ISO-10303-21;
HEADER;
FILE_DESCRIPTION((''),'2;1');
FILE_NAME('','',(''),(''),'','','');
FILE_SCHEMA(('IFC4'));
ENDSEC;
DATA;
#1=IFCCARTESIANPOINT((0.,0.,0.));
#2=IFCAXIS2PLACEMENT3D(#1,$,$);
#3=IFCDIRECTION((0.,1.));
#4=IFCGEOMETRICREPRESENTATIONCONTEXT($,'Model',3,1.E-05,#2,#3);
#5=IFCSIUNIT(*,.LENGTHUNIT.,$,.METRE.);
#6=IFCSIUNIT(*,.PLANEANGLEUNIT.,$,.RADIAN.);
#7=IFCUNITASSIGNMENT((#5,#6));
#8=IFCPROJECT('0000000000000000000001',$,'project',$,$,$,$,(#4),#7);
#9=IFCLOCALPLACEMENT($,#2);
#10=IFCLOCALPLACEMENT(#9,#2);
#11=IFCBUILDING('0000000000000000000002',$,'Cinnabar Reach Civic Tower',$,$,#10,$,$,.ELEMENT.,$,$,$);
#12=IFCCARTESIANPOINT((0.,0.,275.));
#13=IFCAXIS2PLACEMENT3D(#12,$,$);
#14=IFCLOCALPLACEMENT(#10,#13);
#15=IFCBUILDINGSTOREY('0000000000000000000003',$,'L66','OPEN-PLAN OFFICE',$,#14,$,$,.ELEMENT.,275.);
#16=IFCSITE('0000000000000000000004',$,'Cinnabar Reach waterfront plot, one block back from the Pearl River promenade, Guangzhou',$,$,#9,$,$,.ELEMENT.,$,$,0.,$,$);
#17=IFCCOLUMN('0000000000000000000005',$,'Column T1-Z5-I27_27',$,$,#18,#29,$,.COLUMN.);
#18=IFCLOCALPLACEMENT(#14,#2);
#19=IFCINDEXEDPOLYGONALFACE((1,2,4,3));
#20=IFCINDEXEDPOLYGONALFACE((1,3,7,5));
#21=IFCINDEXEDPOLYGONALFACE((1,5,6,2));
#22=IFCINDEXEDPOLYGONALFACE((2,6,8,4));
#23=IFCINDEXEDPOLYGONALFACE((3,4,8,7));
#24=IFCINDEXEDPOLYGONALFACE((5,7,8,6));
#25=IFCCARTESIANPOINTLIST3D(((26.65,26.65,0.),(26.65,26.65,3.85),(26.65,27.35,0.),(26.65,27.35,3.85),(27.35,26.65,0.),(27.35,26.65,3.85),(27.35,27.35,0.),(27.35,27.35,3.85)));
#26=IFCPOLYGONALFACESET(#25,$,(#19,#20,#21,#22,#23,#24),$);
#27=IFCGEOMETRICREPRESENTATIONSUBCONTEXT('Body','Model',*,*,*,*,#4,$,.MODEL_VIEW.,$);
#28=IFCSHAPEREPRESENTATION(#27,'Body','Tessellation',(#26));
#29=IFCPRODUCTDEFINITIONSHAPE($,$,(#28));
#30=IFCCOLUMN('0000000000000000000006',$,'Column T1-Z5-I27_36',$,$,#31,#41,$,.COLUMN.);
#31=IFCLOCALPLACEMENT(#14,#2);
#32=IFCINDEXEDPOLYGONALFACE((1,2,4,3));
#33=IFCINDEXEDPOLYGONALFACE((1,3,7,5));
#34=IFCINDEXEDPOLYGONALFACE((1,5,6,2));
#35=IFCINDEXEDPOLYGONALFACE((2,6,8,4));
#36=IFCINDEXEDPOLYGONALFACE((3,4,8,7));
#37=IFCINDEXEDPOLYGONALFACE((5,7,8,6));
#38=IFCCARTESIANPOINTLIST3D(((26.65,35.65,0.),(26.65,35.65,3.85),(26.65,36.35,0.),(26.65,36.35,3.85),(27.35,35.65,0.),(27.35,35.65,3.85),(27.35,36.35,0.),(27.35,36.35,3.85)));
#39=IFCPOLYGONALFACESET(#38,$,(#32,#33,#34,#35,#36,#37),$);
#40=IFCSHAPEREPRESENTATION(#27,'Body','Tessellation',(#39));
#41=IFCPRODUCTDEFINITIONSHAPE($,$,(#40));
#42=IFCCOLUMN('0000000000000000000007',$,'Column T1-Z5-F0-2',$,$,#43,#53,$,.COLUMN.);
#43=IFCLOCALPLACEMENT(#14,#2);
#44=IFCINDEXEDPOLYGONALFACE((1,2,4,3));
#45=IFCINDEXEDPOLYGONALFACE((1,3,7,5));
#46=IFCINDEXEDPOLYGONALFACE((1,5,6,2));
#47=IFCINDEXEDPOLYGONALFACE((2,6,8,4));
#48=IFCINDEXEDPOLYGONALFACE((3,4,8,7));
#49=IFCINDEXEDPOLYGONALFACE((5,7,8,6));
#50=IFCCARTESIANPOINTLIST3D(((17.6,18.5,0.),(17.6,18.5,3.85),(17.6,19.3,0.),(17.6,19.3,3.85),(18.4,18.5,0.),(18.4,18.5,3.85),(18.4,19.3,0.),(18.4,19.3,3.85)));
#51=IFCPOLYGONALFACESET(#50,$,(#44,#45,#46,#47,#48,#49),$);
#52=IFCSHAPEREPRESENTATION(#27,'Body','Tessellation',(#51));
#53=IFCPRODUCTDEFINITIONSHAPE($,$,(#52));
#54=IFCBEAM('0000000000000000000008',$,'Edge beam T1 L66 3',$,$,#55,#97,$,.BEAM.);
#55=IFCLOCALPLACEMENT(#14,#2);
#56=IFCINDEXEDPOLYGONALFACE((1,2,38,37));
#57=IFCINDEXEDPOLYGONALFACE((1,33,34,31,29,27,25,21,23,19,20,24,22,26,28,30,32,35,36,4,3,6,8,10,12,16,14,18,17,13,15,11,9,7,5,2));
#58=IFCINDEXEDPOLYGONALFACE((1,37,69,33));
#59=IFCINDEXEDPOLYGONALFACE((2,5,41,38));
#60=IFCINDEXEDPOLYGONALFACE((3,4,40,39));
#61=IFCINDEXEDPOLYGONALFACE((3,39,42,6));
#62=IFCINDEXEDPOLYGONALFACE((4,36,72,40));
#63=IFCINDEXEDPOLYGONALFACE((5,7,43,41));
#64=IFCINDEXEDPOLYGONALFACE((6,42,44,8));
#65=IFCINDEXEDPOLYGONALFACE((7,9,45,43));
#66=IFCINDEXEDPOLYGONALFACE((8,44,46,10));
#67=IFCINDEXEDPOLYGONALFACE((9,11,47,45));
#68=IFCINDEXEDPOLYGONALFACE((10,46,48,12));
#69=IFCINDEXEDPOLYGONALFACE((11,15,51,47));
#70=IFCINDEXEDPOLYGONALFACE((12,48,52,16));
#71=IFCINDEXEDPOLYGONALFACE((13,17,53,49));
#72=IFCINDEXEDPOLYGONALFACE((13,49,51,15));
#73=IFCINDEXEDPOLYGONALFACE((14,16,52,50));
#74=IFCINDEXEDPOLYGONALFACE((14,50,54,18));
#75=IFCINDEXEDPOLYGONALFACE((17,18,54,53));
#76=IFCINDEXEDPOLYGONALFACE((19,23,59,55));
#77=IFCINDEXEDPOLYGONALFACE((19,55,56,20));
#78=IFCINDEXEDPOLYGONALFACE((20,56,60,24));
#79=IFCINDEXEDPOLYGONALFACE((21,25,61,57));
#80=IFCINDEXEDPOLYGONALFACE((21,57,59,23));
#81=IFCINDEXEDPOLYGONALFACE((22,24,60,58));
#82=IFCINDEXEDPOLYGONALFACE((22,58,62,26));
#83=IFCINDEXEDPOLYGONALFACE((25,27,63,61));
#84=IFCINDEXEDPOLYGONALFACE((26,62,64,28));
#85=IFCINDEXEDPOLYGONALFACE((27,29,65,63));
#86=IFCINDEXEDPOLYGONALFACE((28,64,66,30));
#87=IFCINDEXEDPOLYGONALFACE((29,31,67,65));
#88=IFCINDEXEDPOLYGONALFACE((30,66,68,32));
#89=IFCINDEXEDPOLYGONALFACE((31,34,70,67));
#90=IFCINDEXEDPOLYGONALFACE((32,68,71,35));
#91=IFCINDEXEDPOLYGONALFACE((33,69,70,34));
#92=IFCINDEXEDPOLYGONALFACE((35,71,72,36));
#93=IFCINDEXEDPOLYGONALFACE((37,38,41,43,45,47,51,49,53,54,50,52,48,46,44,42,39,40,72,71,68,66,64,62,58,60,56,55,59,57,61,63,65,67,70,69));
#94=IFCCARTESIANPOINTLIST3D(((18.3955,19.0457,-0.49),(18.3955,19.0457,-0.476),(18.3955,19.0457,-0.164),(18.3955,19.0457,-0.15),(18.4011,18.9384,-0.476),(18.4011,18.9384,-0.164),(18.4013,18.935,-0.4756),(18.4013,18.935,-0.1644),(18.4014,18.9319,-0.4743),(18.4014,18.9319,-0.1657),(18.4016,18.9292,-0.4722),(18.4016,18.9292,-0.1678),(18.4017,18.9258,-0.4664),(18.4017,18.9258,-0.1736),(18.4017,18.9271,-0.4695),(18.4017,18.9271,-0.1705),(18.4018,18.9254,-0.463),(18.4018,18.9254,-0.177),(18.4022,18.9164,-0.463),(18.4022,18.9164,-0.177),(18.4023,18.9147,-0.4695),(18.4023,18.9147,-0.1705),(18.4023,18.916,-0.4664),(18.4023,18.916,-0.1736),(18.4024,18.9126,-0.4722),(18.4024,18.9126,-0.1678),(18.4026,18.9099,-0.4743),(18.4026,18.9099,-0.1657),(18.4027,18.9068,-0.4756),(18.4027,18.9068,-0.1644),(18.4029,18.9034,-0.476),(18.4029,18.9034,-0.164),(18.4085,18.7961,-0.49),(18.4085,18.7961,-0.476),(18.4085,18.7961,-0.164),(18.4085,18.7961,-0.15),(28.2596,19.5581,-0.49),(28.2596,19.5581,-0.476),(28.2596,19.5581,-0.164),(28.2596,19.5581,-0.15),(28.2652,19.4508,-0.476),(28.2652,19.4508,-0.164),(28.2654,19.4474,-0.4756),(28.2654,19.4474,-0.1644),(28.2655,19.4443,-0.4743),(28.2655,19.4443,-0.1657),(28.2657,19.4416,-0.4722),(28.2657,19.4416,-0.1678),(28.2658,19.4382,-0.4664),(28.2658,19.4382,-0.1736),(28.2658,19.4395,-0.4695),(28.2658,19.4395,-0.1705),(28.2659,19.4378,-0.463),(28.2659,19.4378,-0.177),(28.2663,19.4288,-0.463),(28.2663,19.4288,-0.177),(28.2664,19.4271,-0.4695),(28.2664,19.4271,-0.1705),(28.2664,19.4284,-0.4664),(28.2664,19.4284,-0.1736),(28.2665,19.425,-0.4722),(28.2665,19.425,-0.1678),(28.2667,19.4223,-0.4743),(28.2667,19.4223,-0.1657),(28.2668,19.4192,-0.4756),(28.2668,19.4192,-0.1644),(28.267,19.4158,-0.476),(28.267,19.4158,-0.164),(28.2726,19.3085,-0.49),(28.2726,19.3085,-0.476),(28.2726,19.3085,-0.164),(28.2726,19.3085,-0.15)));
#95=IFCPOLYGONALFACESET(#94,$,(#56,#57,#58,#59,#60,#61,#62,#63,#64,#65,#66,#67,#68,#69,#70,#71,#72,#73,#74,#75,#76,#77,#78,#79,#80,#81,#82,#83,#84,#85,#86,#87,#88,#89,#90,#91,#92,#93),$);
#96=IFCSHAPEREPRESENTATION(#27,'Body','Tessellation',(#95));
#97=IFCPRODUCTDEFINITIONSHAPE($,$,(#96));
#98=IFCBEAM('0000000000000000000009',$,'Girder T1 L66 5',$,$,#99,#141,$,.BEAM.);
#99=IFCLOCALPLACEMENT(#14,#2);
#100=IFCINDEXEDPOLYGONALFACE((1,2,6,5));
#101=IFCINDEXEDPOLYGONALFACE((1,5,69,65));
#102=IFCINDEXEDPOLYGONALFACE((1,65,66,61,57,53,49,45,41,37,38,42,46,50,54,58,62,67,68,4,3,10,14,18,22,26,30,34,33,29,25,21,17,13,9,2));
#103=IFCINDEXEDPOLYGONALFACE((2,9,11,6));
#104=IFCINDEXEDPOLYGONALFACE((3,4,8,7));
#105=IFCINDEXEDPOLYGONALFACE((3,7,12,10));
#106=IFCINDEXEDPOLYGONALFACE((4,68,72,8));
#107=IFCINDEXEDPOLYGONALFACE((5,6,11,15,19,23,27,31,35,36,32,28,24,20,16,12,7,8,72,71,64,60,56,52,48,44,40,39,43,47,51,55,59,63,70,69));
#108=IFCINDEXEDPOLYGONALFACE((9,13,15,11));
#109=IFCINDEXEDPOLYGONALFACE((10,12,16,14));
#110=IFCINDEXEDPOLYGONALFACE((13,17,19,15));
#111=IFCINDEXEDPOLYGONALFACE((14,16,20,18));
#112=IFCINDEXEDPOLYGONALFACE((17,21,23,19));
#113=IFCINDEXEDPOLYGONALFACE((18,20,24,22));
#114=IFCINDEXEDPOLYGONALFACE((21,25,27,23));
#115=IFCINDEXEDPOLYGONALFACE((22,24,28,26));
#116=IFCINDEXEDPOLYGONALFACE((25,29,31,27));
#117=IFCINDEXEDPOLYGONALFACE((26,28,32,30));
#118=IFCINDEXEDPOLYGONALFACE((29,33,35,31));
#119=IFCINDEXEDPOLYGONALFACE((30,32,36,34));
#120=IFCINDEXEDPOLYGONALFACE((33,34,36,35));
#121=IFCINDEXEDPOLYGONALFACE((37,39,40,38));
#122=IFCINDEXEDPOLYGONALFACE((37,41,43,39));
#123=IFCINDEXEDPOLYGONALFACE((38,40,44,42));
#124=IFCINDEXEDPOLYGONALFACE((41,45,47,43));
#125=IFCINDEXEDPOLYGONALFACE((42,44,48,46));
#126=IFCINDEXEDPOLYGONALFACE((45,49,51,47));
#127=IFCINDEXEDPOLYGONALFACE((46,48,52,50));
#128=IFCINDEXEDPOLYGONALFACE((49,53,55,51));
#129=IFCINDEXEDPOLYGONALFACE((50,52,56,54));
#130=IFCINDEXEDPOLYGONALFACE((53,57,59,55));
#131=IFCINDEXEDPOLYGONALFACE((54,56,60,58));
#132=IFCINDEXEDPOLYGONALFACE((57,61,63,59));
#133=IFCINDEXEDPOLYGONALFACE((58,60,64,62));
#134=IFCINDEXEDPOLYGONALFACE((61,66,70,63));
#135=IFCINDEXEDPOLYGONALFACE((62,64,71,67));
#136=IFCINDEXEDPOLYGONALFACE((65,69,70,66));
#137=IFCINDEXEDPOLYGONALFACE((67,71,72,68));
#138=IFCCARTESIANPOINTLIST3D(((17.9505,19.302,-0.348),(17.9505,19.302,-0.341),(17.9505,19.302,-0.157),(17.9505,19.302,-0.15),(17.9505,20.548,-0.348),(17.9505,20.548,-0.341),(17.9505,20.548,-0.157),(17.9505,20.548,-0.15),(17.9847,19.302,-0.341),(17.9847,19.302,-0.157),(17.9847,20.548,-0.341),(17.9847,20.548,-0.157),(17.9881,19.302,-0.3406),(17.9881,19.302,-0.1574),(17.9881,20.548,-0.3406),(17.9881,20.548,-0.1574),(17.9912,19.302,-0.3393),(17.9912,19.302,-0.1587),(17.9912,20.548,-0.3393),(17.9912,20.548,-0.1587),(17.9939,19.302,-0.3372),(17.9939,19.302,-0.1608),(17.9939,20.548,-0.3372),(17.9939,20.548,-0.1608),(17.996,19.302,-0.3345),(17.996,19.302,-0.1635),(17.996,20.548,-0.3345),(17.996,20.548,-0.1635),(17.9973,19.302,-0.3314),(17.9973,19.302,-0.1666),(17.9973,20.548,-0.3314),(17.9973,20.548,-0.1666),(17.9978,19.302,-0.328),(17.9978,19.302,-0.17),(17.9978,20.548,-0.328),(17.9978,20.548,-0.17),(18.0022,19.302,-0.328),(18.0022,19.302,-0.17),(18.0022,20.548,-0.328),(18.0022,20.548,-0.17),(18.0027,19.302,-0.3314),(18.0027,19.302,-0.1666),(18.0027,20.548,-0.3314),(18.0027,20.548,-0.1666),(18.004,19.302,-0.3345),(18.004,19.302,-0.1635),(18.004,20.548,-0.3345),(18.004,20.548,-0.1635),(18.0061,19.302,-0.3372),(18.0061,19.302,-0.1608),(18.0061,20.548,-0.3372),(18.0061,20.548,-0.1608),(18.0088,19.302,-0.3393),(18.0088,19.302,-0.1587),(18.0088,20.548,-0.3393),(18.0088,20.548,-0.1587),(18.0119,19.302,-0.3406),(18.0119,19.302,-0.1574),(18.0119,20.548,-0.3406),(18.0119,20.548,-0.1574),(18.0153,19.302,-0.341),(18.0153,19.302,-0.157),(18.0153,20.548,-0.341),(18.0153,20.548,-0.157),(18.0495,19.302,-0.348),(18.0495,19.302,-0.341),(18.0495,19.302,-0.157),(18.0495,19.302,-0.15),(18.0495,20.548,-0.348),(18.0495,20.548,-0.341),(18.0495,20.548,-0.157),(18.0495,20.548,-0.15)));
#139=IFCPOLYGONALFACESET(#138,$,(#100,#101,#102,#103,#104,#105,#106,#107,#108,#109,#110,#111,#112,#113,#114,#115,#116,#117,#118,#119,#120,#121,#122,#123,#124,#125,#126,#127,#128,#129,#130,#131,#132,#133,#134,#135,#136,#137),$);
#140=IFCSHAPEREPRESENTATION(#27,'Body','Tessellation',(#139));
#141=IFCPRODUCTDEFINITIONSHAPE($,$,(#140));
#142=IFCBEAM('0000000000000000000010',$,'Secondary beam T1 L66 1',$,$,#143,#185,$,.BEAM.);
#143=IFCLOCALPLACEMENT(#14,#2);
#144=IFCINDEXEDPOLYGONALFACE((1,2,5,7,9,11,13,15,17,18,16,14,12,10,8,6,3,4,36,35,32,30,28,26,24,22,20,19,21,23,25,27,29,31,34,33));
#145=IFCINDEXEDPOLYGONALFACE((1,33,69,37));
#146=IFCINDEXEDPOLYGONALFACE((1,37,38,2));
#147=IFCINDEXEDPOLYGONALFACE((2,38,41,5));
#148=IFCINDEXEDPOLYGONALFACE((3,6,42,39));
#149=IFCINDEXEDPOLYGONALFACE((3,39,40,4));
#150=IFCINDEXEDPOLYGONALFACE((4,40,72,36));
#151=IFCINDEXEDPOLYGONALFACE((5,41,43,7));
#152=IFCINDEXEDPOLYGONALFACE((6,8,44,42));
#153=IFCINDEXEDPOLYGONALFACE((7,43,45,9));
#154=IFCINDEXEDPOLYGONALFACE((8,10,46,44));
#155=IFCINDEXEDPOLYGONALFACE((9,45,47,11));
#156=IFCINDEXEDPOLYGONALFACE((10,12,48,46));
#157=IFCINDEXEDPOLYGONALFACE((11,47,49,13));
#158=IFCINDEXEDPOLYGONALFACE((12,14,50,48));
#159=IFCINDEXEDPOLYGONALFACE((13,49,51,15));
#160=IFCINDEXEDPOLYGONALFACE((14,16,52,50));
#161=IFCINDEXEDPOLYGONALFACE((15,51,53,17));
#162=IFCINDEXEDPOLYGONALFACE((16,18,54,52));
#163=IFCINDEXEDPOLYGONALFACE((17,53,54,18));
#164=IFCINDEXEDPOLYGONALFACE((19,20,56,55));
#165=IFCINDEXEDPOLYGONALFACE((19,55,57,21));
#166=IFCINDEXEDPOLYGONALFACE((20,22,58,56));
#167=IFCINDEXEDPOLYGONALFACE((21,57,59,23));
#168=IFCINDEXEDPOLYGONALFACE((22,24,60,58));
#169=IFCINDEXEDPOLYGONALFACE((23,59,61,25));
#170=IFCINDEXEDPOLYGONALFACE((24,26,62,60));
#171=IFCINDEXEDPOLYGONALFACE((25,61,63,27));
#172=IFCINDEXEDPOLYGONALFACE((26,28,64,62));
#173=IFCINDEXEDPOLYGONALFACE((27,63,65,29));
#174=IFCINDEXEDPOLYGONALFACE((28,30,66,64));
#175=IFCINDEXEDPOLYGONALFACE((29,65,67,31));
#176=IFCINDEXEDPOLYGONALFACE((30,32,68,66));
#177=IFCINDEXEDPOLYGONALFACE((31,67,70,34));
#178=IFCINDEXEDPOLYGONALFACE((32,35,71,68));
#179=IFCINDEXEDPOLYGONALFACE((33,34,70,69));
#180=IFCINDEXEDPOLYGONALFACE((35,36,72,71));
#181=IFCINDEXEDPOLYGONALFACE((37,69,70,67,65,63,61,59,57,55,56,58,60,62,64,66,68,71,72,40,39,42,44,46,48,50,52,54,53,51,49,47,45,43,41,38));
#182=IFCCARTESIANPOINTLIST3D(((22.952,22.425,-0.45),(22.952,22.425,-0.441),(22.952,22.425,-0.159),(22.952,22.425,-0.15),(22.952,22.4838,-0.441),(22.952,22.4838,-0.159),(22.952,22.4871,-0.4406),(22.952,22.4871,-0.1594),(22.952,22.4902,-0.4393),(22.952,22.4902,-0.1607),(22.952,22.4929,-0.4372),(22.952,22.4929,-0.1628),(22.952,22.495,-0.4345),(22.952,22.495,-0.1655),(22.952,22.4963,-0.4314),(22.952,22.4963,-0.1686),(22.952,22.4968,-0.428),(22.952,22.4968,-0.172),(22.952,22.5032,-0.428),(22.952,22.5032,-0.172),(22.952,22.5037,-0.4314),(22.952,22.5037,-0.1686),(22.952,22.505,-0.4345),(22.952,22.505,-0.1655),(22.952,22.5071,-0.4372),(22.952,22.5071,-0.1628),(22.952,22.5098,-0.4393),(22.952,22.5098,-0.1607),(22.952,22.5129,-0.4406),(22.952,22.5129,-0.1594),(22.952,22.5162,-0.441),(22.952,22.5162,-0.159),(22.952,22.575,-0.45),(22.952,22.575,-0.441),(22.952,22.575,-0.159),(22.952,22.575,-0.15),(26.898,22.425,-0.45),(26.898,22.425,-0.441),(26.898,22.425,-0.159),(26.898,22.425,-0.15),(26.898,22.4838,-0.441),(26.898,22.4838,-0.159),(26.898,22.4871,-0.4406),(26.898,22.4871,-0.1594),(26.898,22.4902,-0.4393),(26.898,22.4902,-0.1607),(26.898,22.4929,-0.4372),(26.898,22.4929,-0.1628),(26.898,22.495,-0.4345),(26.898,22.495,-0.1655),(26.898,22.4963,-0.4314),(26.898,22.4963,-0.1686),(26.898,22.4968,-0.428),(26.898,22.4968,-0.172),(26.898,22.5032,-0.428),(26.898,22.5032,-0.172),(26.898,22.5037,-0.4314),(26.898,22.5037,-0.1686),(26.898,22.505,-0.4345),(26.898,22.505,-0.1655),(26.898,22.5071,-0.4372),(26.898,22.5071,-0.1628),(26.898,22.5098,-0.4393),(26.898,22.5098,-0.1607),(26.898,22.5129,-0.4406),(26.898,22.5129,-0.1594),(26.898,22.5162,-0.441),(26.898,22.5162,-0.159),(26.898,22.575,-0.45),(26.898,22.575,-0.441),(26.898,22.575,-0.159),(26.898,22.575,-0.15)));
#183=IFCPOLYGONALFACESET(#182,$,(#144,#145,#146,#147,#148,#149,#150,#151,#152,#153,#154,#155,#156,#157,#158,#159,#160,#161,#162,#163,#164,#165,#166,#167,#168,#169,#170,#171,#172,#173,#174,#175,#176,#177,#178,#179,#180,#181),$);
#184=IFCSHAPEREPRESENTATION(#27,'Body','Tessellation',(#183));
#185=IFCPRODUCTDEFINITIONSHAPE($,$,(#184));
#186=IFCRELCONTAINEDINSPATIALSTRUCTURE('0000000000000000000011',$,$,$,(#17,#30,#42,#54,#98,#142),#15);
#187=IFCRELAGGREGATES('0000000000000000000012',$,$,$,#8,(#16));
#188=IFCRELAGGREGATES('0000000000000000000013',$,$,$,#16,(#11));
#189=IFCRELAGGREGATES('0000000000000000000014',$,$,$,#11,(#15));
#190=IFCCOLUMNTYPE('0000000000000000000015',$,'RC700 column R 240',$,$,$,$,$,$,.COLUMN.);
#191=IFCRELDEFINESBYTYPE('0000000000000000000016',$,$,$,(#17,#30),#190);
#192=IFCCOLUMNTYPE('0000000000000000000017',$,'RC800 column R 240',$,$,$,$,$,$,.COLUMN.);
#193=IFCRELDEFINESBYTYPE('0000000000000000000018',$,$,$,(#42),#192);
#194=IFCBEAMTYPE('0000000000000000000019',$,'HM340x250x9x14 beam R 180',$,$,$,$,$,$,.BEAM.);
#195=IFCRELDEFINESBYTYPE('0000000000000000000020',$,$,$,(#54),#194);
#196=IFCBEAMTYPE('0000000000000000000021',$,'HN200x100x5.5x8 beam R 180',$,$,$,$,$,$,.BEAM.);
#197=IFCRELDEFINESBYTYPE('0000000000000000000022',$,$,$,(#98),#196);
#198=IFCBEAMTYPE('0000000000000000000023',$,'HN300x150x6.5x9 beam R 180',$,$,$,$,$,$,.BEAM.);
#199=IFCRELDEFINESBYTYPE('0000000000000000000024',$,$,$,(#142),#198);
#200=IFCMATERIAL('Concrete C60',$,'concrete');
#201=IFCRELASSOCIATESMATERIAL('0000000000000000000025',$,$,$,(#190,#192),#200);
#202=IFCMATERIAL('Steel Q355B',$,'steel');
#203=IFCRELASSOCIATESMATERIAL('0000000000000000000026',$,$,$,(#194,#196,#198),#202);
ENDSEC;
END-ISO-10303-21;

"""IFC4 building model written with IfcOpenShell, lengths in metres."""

from ifc_helpers import new_model, si_unit, direction, frame, origin, origin_2d, place, context, subcontext, project, spatial, rectangle, i_section, extrude, material, material_profile, profile_set, type_object, element, save


model = new_model("IFC4")

# Units and contexts
model_context = context("Model", 3, precision=1e-05, world=origin(), true_north=direction((0.0, 1.0)))
body_context = subcontext(model_context, "Body", "Model", "MODEL_VIEW")
ifc_project = project(units=[si_unit("LENGTHUNIT", "METRE"), si_unit("PLANEANGLEUNIT", "RADIAN")], contexts=[model_context])

# Site, building, storey
site_placement = place(None, origin())
site = spatial("IfcSite", under=ifc_project, at=site_placement, Name="Cinnabar Reach waterfront plot, one block back from the Pearl River promenade, Guangzhou", CompositionType="ELEMENT", RefElevation=0.0)
building_placement = place(site_placement, origin())
building = spatial("IfcBuilding", under=site, at=building_placement, Name="Cinnabar Reach Civic Tower", CompositionType="ELEMENT")
storey_placement = place(building_placement, frame((0.0, 0.0, 275.0)))
storey = spatial("IfcBuildingStorey", under=building, at=storey_placement, Name="L66", Description="OPEN-PLAN OFFICE", CompositionType="ELEMENT", Elevation=275.0)

# Columns
ifc_material_1 = material(Name="Concrete C60", Category="concrete")
ifc_material_profile_1 = material_profile(ifc_material_1, rectangle(XDim=0.7, YDim=0.7, at=origin_2d()), Name="RC700")
ifc_profile_set_1 = profile_set([ifc_material_profile_1], Name="Concrete C60")
column_type_1 = type_object("IfcColumnType", Name="RC700 column R 240", PredefinedType="COLUMN", material=ifc_profile_set_1)
for number, where, z_axis, x_axis, name in (
    (1, (27.0, 27.0, 0.0), (0.0, 0.0, 1.0), (1.0, 0.0, 0.0), "Column T1-Z5-I27_27"),
    (2, (27.0, 36.0, 0.0), (0.0, 0.0, 1.0), (1.0, 0.0, 0.0), "Column T1-Z5-I27_36"),
):
    element("IfcColumn", number, at=place(storey_placement, frame(where, z_axis=z_axis, x_axis=x_axis)), inside=storey, type_object=column_type_1, Name=name, PredefinedType="COLUMN", context=body_context, shape_type="SweptSolid", body=[
        extrude(rectangle(XDim=0.7, YDim=0.7, at=origin_2d()), origin(), (0.0, 0.0, 1.0), 3.85),
    ])
ifc_material_profile_2 = material_profile(ifc_material_1, rectangle(XDim=0.8, YDim=0.8, at=origin_2d()), Name="RC800")
ifc_profile_set_2 = profile_set([ifc_material_profile_2], Name="Concrete C60")
column_type_2 = type_object("IfcColumnType", Name="RC800 column R 240", PredefinedType="COLUMN", material=ifc_profile_set_2)
column_placement = place(storey_placement, frame((18.0, 18.9, 0.0), z_axis=(0.0, 0.0, 1.0), x_axis=(1.0, 0.0, 0.0)))
element("IfcColumn", 3, at=column_placement, inside=storey, type_object=column_type_2, Name="Column T1-Z5-F0-2", PredefinedType="COLUMN", context=body_context, shape_type="SweptSolid", body=[
    extrude(rectangle(XDim=0.8, YDim=0.8, at=origin_2d()), origin(), (0.0, 0.0, 1.0), 3.85),
])

# Beams
ifc_material_2 = material(Name="Steel Q355B", Category="steel")
ifc_material_profile_3 = material_profile(ifc_material_2, i_section(OverallWidth=0.25, OverallDepth=0.34, WebThickness=0.009, FlangeThickness=0.014, FilletRadius=0.013, at=origin_2d()), Name="HM340x250x9x14")
ifc_profile_set_3 = profile_set([ifc_material_profile_3], Name="Steel Q355B")
beam_type_1 = type_object("IfcBeamType", Name="HM340x250x9x14 beam R 180", PredefinedType="BEAM", material=ifc_profile_set_3)
beam_1_placement = place(storey_placement, frame((18.402, 18.9209, -0.32), z_axis=(0.998654, 0.051876, 0.0), x_axis=(-0.051876, 0.998654, 0.0)))
element("IfcBeam", 4, at=beam_1_placement, inside=storey, type_object=beam_type_1, Name="Edge beam T1 L66 3", PredefinedType="BEAM", context=body_context, shape_type="SweptSolid", body=[
    extrude(i_section(OverallWidth=0.25, OverallDepth=0.34, WebThickness=0.009, FlangeThickness=0.014, FilletRadius=0.013, at=origin_2d()), origin(), (0.0, 0.0, 1.0), 9.8774),
])
ifc_material_profile_4 = material_profile(ifc_material_2, i_section(OverallWidth=0.099, OverallDepth=0.198, WebThickness=0.0045, FlangeThickness=0.007, FilletRadius=0.013, at=origin_2d()), Name="HN200x100x5.5x8")
ifc_profile_set_4 = profile_set([ifc_material_profile_4], Name="Steel Q355B")
beam_type_2 = type_object("IfcBeamType", Name="HN200x100x5.5x8 beam R 180", PredefinedType="BEAM", material=ifc_profile_set_4)
beam_2_placement = place(storey_placement, frame((18.0, 19.302, -0.249), z_axis=(0.0, 1.0, 0.0), x_axis=(-1.0, 0.0, 0.0)))
element("IfcBeam", 5, at=beam_2_placement, inside=storey, type_object=beam_type_2, Name="Girder T1 L66 5", PredefinedType="BEAM", context=body_context, shape_type="SweptSolid", body=[
    extrude(i_section(OverallWidth=0.099, OverallDepth=0.198, WebThickness=0.0045, FlangeThickness=0.007, FilletRadius=0.013, at=origin_2d()), origin(), (0.0, 0.0, 1.0), 1.246),
])
ifc_material_profile_5 = material_profile(ifc_material_2, i_section(OverallWidth=0.15, OverallDepth=0.3, WebThickness=0.0065, FlangeThickness=0.009, FilletRadius=0.013, at=origin_2d()), Name="HN300x150x6.5x9")
ifc_profile_set_5 = profile_set([ifc_material_profile_5], Name="Steel Q355B")
beam_type_3 = type_object("IfcBeamType", Name="HN300x150x6.5x9 beam R 180", PredefinedType="BEAM", material=ifc_profile_set_5)
for number, where, z_axis, x_axis, name in (
    (6, (22.952, 22.5, -0.3), (1.0, 0.0, 0.0), (0.0, 1.0, 0.0), "Secondary beam T1 L66 1"),
):
    element("IfcBeam", number, at=place(storey_placement, frame(where, z_axis=z_axis, x_axis=x_axis)), inside=storey, type_object=beam_type_3, Name=name, PredefinedType="BEAM", context=body_context, shape_type="SweptSolid", body=[
        extrude(i_section(OverallWidth=0.15, OverallDepth=0.3, WebThickness=0.0065, FlangeThickness=0.009, FilletRadius=0.013, at=origin_2d()), origin(), (0.0, 0.0, 1.0), 3.946),
    ])

save(model, "model.ifc")
